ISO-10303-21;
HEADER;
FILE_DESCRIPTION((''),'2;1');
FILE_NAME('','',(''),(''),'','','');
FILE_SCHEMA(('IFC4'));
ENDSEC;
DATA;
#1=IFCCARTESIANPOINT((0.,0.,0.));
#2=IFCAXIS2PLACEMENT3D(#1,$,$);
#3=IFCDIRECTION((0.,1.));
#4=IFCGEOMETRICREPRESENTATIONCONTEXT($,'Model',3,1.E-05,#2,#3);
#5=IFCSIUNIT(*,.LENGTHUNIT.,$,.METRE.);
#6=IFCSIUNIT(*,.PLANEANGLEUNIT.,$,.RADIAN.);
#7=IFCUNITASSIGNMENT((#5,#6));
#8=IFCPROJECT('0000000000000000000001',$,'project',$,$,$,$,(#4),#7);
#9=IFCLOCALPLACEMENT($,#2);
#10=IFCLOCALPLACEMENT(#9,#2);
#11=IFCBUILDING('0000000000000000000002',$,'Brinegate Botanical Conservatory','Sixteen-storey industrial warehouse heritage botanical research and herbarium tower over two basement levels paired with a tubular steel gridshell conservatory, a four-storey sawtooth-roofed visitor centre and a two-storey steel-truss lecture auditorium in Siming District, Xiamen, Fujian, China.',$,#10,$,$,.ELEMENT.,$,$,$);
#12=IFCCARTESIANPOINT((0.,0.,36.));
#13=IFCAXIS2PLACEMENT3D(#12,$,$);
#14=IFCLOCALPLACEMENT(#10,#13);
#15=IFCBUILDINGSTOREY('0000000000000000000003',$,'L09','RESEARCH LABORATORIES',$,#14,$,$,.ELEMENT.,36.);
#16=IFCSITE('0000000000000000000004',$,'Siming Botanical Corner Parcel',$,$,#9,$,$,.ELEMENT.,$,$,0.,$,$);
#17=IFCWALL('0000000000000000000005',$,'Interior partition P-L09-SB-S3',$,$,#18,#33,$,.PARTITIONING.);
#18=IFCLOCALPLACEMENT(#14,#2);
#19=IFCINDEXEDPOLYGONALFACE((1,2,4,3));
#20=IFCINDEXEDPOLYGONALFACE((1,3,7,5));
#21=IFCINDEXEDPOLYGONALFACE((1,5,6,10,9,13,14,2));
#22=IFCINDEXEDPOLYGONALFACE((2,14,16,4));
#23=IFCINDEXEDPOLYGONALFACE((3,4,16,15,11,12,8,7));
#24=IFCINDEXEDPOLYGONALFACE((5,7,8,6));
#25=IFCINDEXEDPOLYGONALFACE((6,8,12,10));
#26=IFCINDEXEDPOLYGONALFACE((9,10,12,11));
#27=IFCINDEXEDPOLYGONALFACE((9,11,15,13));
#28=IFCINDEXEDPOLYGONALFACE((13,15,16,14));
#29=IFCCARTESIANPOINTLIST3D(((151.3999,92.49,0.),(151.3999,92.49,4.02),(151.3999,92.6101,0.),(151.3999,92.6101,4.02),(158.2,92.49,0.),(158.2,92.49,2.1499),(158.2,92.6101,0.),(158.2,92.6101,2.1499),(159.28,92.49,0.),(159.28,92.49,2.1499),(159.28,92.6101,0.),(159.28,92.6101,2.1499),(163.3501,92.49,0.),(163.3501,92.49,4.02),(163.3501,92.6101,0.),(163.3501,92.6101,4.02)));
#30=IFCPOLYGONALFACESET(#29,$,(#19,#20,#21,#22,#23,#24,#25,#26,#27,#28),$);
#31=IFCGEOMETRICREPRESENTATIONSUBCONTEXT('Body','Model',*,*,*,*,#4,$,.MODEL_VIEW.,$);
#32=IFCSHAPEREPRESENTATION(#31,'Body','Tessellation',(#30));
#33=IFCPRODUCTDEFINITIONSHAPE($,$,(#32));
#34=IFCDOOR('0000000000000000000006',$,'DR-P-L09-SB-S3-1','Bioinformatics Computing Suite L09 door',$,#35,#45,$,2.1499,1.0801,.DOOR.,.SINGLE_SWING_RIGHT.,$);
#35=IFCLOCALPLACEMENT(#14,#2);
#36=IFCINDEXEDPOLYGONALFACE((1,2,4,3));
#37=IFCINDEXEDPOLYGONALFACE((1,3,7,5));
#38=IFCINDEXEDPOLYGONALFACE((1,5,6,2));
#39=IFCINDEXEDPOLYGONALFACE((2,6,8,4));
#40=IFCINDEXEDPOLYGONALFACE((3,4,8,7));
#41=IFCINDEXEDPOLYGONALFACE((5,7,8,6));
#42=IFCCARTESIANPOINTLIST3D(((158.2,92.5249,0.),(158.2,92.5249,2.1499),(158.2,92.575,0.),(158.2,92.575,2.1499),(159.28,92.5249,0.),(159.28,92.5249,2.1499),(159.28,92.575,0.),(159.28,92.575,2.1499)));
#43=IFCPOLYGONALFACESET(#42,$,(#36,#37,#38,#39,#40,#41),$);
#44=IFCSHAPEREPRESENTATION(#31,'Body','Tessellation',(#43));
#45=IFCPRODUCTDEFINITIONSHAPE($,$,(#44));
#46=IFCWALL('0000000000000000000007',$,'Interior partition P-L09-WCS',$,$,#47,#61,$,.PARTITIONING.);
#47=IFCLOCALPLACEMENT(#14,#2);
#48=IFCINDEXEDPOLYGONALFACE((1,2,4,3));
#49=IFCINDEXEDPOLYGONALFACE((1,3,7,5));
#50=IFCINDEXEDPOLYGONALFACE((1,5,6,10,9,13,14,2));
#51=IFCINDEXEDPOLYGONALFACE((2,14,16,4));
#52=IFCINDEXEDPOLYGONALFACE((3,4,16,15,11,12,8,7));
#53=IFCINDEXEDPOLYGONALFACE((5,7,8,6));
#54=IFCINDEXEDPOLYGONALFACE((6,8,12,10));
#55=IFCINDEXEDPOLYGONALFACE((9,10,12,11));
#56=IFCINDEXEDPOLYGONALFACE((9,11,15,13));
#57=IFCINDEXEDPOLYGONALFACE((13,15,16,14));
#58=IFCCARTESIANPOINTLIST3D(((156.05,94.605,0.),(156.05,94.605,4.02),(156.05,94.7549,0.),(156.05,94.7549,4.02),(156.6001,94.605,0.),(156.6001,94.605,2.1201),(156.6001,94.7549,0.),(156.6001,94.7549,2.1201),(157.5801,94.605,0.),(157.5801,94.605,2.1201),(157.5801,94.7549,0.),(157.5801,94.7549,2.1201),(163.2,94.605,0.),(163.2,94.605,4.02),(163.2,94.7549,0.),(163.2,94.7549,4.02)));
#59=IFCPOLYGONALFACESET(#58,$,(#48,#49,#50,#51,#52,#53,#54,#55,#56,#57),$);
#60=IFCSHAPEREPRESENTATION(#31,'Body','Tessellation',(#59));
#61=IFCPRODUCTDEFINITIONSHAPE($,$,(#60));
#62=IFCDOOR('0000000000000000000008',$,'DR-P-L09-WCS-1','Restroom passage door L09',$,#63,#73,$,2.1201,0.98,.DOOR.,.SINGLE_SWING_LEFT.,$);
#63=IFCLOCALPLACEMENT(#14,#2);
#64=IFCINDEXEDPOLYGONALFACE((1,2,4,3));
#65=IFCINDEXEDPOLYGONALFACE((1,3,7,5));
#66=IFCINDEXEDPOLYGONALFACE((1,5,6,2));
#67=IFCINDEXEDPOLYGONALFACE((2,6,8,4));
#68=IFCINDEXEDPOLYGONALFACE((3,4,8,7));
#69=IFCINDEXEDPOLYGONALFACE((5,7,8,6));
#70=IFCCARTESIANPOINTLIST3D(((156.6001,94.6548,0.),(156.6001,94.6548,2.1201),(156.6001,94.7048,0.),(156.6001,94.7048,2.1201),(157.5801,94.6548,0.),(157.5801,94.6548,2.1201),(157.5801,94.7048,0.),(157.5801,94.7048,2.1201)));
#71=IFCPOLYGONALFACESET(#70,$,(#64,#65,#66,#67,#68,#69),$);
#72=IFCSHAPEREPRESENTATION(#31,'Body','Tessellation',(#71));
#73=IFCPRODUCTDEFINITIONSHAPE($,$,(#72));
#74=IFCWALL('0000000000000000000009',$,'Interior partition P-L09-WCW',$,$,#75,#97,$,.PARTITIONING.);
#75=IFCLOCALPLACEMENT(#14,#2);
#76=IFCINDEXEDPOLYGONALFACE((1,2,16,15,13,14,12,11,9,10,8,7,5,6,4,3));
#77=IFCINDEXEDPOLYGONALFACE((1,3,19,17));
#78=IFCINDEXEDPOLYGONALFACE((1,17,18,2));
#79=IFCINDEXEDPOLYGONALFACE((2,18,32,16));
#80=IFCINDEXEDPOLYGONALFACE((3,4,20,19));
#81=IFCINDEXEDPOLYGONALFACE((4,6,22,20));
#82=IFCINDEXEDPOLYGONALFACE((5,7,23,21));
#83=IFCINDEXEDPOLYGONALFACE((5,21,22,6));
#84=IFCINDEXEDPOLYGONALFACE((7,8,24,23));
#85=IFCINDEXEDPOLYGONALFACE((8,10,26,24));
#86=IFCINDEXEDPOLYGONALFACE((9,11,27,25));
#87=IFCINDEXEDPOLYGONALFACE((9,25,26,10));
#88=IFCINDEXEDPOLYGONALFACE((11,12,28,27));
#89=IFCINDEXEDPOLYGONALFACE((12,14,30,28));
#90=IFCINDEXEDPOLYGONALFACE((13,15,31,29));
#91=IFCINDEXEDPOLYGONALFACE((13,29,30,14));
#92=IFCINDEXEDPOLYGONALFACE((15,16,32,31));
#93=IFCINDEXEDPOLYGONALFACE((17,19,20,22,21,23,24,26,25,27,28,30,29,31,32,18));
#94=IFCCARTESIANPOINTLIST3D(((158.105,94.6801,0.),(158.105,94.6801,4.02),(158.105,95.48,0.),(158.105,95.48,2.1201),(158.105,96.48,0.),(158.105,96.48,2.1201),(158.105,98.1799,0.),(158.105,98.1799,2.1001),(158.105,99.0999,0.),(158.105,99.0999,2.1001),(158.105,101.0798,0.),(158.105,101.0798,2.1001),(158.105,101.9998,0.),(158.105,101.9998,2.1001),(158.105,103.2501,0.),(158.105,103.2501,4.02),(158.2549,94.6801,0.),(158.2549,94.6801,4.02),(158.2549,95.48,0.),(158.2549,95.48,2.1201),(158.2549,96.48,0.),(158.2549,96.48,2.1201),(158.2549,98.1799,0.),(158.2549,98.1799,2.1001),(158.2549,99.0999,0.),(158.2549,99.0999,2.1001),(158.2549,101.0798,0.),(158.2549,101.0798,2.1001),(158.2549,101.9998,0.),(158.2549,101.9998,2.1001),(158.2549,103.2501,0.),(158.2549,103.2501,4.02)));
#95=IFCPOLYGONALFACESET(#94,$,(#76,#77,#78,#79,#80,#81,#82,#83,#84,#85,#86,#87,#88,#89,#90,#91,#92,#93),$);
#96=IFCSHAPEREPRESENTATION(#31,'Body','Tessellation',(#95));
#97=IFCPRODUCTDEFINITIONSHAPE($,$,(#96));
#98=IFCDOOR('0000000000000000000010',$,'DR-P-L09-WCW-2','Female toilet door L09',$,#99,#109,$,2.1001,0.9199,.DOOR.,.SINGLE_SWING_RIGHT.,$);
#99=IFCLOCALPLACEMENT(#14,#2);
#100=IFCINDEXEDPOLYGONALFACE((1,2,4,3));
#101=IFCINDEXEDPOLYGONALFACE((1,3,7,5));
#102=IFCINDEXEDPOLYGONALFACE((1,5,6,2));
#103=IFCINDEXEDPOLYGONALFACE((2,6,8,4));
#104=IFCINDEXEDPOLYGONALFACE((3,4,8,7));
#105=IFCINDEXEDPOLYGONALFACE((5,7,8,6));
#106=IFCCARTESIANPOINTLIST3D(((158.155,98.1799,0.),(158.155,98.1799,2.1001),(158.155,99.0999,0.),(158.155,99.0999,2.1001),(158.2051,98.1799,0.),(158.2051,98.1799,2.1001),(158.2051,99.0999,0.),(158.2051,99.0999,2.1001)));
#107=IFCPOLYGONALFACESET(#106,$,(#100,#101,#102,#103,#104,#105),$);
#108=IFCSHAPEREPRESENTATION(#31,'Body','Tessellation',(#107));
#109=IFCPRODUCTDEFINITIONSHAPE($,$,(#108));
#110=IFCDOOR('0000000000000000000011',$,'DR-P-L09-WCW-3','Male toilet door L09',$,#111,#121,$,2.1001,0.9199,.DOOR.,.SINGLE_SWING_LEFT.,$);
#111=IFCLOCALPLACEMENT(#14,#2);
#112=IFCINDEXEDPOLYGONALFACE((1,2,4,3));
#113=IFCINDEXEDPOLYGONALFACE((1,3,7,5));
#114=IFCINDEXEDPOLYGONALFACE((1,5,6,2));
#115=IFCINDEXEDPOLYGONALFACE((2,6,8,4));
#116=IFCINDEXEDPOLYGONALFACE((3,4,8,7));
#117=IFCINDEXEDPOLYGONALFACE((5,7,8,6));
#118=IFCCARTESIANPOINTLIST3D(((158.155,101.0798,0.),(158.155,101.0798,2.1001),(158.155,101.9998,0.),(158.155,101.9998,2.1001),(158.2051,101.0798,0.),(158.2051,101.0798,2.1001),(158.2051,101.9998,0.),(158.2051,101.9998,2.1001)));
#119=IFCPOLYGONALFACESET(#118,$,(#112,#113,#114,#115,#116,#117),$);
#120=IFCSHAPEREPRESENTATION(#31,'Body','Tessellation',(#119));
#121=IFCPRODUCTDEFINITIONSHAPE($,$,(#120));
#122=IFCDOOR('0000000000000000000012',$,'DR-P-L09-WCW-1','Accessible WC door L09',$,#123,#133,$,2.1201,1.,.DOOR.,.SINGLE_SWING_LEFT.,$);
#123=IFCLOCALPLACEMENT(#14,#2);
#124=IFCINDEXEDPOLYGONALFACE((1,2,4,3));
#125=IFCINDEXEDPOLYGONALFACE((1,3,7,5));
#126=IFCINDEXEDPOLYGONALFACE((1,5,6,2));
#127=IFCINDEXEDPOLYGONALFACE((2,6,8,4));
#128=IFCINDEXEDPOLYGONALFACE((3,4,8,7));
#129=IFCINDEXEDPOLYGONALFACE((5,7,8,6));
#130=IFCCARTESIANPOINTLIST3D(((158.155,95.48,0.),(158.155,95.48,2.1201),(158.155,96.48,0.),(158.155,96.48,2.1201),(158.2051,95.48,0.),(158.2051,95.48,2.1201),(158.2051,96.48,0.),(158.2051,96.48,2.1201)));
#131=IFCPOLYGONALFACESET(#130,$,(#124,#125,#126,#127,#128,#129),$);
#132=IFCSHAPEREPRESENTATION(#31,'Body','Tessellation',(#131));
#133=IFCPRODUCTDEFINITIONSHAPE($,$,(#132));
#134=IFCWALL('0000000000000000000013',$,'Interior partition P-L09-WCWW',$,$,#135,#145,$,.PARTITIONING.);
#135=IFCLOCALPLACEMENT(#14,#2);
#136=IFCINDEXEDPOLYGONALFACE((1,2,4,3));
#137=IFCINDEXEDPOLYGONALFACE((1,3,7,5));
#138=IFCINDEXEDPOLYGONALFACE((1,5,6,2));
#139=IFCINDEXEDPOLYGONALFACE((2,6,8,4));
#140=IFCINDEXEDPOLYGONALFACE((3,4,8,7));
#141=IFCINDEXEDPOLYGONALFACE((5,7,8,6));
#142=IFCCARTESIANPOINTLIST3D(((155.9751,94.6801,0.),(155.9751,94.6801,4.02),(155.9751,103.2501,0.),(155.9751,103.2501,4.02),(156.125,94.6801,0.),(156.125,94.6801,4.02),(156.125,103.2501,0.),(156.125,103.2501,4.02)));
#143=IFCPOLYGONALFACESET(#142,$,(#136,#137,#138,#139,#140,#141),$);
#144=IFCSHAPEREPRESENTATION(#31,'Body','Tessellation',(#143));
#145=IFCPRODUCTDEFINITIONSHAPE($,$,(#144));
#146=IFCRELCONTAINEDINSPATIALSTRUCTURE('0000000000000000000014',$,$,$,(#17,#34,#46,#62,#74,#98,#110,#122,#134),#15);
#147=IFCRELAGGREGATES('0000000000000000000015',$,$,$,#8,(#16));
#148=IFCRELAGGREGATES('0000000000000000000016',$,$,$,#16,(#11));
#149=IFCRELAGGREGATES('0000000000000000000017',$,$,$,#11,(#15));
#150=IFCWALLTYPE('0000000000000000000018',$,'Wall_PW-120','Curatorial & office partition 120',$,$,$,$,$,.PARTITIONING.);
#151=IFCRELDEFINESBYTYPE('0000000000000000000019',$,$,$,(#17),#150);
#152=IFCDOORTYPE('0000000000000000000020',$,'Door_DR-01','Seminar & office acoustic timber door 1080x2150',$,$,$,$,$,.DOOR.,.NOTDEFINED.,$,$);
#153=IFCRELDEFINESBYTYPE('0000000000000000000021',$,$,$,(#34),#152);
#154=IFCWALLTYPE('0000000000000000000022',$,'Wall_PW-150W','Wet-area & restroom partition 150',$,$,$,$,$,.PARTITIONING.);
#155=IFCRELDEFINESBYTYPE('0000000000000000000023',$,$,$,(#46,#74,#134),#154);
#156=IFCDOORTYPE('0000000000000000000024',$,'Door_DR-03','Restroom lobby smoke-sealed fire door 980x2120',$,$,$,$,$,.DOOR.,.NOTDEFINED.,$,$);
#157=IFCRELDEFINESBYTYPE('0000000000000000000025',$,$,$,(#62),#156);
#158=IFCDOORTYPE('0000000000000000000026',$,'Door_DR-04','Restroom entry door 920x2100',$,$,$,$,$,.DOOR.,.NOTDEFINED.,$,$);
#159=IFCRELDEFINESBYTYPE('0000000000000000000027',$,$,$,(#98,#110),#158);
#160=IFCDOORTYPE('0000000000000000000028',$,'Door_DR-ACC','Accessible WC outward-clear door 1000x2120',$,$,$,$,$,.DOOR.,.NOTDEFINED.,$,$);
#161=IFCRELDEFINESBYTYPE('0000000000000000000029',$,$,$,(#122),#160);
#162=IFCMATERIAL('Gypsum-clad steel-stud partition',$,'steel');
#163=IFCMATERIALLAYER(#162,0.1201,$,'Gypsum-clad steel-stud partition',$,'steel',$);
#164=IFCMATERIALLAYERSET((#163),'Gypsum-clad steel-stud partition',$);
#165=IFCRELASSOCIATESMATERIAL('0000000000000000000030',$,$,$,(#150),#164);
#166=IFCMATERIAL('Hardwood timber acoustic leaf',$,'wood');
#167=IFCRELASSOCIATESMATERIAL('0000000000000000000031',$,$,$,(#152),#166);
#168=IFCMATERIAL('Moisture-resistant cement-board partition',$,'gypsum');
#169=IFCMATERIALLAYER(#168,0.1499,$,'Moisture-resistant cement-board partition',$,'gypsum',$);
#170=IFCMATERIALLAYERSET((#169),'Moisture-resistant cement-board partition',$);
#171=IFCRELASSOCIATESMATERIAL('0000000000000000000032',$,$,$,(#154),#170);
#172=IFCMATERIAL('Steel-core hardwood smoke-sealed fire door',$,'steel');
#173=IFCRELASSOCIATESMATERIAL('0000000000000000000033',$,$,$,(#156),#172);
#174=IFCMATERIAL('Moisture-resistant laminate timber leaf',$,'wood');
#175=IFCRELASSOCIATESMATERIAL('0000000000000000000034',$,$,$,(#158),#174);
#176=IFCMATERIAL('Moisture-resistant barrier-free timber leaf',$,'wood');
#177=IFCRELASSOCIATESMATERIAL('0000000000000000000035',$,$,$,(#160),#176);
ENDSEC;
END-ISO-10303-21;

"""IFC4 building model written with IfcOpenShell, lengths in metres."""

from ifc_helpers import new_model, si_unit, direction, frame, frame_2d, origin, place, context, subcontext, project, spatial, rectangle, extrude, material, layer, layer_set, type_object, element, fill, save


model = new_model("IFC4")

# Units and contexts
model_context = context("Model", 3, precision=1e-05, world=origin(), true_north=direction((0.0, 1.0)))
body_context = subcontext(model_context, "Body", "Model", "MODEL_VIEW")
ifc_project = project(units=[si_unit("LENGTHUNIT", "METRE"), si_unit("PLANEANGLEUNIT", "RADIAN")], contexts=[model_context])

# Site, building, storey
site_placement = place(None, origin())
site = spatial("IfcSite", under=ifc_project, at=site_placement, Name="Siming Botanical Corner Parcel", CompositionType="ELEMENT", RefElevation=0.0)
building_placement = place(site_placement, origin())
building = spatial("IfcBuilding", under=site, at=building_placement, Name="Brinegate Botanical Conservatory", Description="Sixteen-storey industrial warehouse heritage botanical research and herbarium tower over two basement levels paired with a tubular steel gridshell conservatory, a four-storey sawtooth-roofed visitor centre and a two-storey steel-truss lecture auditorium in Siming District, Xiamen, Fujian, China.", CompositionType="ELEMENT")
storey_placement = place(building_placement, frame((0.0, 0.0, 36.0)))
storey = spatial("IfcBuildingStorey", under=building, at=storey_placement, Name="L09", Description="RESEARCH LABORATORIES", CompositionType="ELEMENT", Elevation=36.0)

# Walls, openings, doors
ifc_material_1 = material(Name="Gypsum-clad steel-stud partition", Category="steel")
ifc_layer_1 = layer(ifc_material_1, 0.1201, Name="Gypsum-clad steel-stud partition", Category="steel")
ifc_layer_set_1 = layer_set([ifc_layer_1], Name="Gypsum-clad steel-stud partition")
wall_type_1 = type_object("IfcWallType", Name="Wall_PW-120", Description="Curatorial & office partition 120", PredefinedType="PARTITIONING", material=ifc_layer_set_1)
wall_1_placement = place(storey_placement, frame((151.3999, 92.55, 0.0), z_axis=(0.0, 0.0, 1.0), x_axis=(1.0, 0.0, 0.0)))
wall_1 = element("IfcWall", 1, at=wall_1_placement, inside=storey, type_object=wall_type_1, Name="Interior partition P-L09-SB-S3", PredefinedType="PARTITIONING", context=body_context, shape_type="SweptSolid", body=[
    extrude(rectangle(XDim=11.9502, YDim=0.1201, at=frame_2d((5.9751, 0.0))), origin(), (0.0, 0.0, 1.0), 4.02),
])
opening_1_placement = place(wall_1_placement, frame((6.8, 0.0, 0.0)))
opening_1 = element("IfcOpeningElement", 2, at=opening_1_placement, cuts=wall_1, PredefinedType="OPENING", context=body_context, shape_type="SweptSolid", body=[
    extrude(rectangle(XDim=1.0801, YDim=2.1499, at=frame_2d((0.54, 1.075))), frame((0.0, 0.0701, 0.0), z_axis=(0.0, -1.0, 0.0), x_axis=(1.0, 0.0, 0.0)), (0.0, 0.0, 1.0), 0.1401),
])
ifc_material_2 = material(Name="Hardwood timber acoustic leaf", Category="wood")
door_type_1 = type_object("IfcDoorType", Name="Door_DR-01", Description="Seminar & office acoustic timber door 1080x2150", OperationType="NOTDEFINED", PredefinedType="DOOR", material=ifc_material_2)
door_1_placement = place(opening_1_placement, origin())
door_1 = element("IfcDoor", 3, at=door_1_placement, inside=storey, type_object=door_type_1, Name="DR-P-L09-SB-S3-1", Description="Bioinformatics Computing Suite L09 door", OperationType="SINGLE_SWING_RIGHT", OverallHeight=2.1499, OverallWidth=1.0801, PredefinedType="DOOR", context=body_context, shape_type="SweptSolid", body=[
    extrude(rectangle(XDim=1.0801, YDim=2.1499, at=frame_2d((0.54, 1.075))), frame((0.0, 0.0249, 0.0), z_axis=(0.0, -1.0, 0.0), x_axis=(1.0, 0.0, 0.0)), (0.0, 0.0, 1.0), 0.05),
])
fill(opening_1, door_1)
ifc_material_3 = material(Name="Moisture-resistant cement-board partition", Category="gypsum")
ifc_layer_2 = layer(ifc_material_3, 0.1499, Name="Moisture-resistant cement-board partition", Category="gypsum")
ifc_layer_set_2 = layer_set([ifc_layer_2], Name="Moisture-resistant cement-board partition")
wall_type_2 = type_object("IfcWallType", Name="Wall_PW-150W", Description="Wet-area & restroom partition 150", PredefinedType="PARTITIONING", material=ifc_layer_set_2)
wall_2_placement = place(storey_placement, frame((156.05, 94.6799, 0.0), z_axis=(0.0, 0.0, 1.0), x_axis=(1.0, 0.0, 0.0)))
wall_2 = element("IfcWall", 4, at=wall_2_placement, inside=storey, type_object=wall_type_2, Name="Interior partition P-L09-WCS", PredefinedType="PARTITIONING", context=body_context, shape_type="SweptSolid", body=[
    extrude(rectangle(XDim=7.1499, YDim=0.1499, at=frame_2d((3.575, 0.0))), origin(), (0.0, 0.0, 1.0), 4.02),
])
opening_2_placement = place(wall_2_placement, frame((0.55, 0.0, 0.0)))
opening_2 = element("IfcOpeningElement", 5, at=opening_2_placement, cuts=wall_2, PredefinedType="OPENING", context=body_context, shape_type="SweptSolid", body=[
    extrude(rectangle(XDim=0.98, YDim=2.1201, at=frame_2d((0.49, 1.0601))), frame((0.0, 0.085, 0.0), z_axis=(0.0, -1.0, 0.0), x_axis=(1.0, 0.0, 0.0)), (0.0, 0.0, 1.0), 0.1699),
])
ifc_material_4 = material(Name="Steel-core hardwood smoke-sealed fire door", Category="steel")
door_type_2 = type_object("IfcDoorType", Name="Door_DR-03", Description="Restroom lobby smoke-sealed fire door 980x2120", OperationType="NOTDEFINED", PredefinedType="DOOR", material=ifc_material_4)
door_2_placement = place(opening_2_placement, origin())
door_2 = element("IfcDoor", 6, at=door_2_placement, inside=storey, type_object=door_type_2, Name="DR-P-L09-WCS-1", Description="Restroom passage door L09", OperationType="SINGLE_SWING_LEFT", OverallHeight=2.1201, OverallWidth=0.98, PredefinedType="DOOR", context=body_context, shape_type="SweptSolid", body=[
    extrude(rectangle(XDim=0.98, YDim=2.1201, at=frame_2d((0.49, 1.0601))), frame((0.0, 0.0249, 0.0), z_axis=(0.0, -1.0, 0.0), x_axis=(1.0, 0.0, 0.0)), (0.0, 0.0, 1.0), 0.05),
])
fill(opening_2, door_2)

# Wall, openings, doors
wall_3_placement = place(storey_placement, frame((158.1799, 94.6799, 0.0), z_axis=(0.0, 0.0, 1.0), x_axis=(0.0, 1.0, 0.0)))
wall_3 = element("IfcWall", 7, at=wall_3_placement, inside=storey, type_object=wall_type_2, Name="Interior partition P-L09-WCW", PredefinedType="PARTITIONING", context=body_context, shape_type="SweptSolid", body=[
    extrude(rectangle(XDim=8.5701, YDim=0.1499, at=frame_2d((4.2852, 0.0))), origin(), (0.0, 0.0, 1.0), 4.02),
])
opening_3_placement = place(wall_3_placement, frame((0.8, 0.0, 0.0)))
opening_3 = element("IfcOpeningElement", 8, at=opening_3_placement, cuts=wall_3, PredefinedType="OPENING", context=body_context, shape_type="SweptSolid", body=[
    extrude(rectangle(XDim=1.0, YDim=2.1201, at=frame_2d((0.5, 1.0601))), frame((0.0, 0.085, 0.0), z_axis=(0.0, -1.0, 0.0), x_axis=(1.0, 0.0, 0.0)), (0.0, 0.0, 1.0), 0.1699),
])
opening_4_placement = place(wall_3_placement, frame((3.5, 0.0, 0.0)))
opening_4 = element("IfcOpeningElement", 9, at=opening_4_placement, cuts=wall_3, PredefinedType="OPENING", context=body_context, shape_type="SweptSolid", body=[
    extrude(rectangle(XDim=0.9199, YDim=2.1001, at=frame_2d((0.46, 1.05))), frame((0.0, 0.085, 0.0), z_axis=(0.0, -1.0, 0.0), x_axis=(1.0, 0.0, 0.0)), (0.0, 0.0, 1.0), 0.1699),
])
opening_5_placement = place(wall_3_placement, frame((6.3999, 0.0, 0.0)))
opening_5 = element("IfcOpeningElement", 10, at=opening_5_placement, cuts=wall_3, PredefinedType="OPENING", context=body_context, shape_type="SweptSolid", body=[
    extrude(rectangle(XDim=0.9199, YDim=2.1001, at=frame_2d((0.46, 1.05))), frame((0.0, 0.085, 0.0), z_axis=(0.0, -1.0, 0.0), x_axis=(1.0, 0.0, 0.0)), (0.0, 0.0, 1.0), 0.1699),
])
ifc_material_5 = material(Name="Moisture-resistant laminate timber leaf", Category="wood")
door_type_3 = type_object("IfcDoorType", Name="Door_DR-04", Description="Restroom entry door 920x2100", OperationType="NOTDEFINED", PredefinedType="DOOR", material=ifc_material_5)
door_3_placement = place(opening_4_placement, origin())
door_3 = element("IfcDoor", 11, at=door_3_placement, inside=storey, type_object=door_type_3, Name="DR-P-L09-WCW-2", Description="Female toilet door L09", OperationType="SINGLE_SWING_RIGHT", OverallHeight=2.1001, OverallWidth=0.9199, PredefinedType="DOOR", context=body_context, shape_type="SweptSolid", body=[
    extrude(rectangle(XDim=0.9199, YDim=2.1001, at=frame_2d((0.46, 1.05))), frame((0.0, 0.0249, 0.0), z_axis=(0.0, -1.0, 0.0), x_axis=(1.0, 0.0, 0.0)), (0.0, 0.0, 1.0), 0.05),
])
fill(opening_4, door_3)
door_4_placement = place(opening_5_placement, origin())
door_4 = element("IfcDoor", 12, at=door_4_placement, inside=storey, type_object=door_type_3, Name="DR-P-L09-WCW-3", Description="Male toilet door L09", OperationType="SINGLE_SWING_LEFT", OverallHeight=2.1001, OverallWidth=0.9199, PredefinedType="DOOR", context=body_context, shape_type="SweptSolid", body=[
    extrude(rectangle(XDim=0.9199, YDim=2.1001, at=frame_2d((0.46, 1.05))), frame((0.0, 0.0249, 0.0), z_axis=(0.0, -1.0, 0.0), x_axis=(1.0, 0.0, 0.0)), (0.0, 0.0, 1.0), 0.05),
])
fill(opening_5, door_4)
ifc_material_6 = material(Name="Moisture-resistant barrier-free timber leaf", Category="wood")
door_type_4 = type_object("IfcDoorType", Name="Door_DR-ACC", Description="Accessible WC outward-clear door 1000x2120", OperationType="NOTDEFINED", PredefinedType="DOOR", material=ifc_material_6)
door_5_placement = place(opening_3_placement, origin())
door_5 = element("IfcDoor", 13, at=door_5_placement, inside=storey, type_object=door_type_4, Name="DR-P-L09-WCW-1", Description="Accessible WC door L09", OperationType="SINGLE_SWING_LEFT", OverallHeight=2.1201, OverallWidth=1.0, PredefinedType="DOOR", context=body_context, shape_type="SweptSolid", body=[
    extrude(rectangle(XDim=1.0, YDim=2.1201, at=frame_2d((0.5, 1.0601))), frame((0.0, 0.0249, 0.0), z_axis=(0.0, -1.0, 0.0), x_axis=(1.0, 0.0, 0.0)), (0.0, 0.0, 1.0), 0.05),
])
fill(opening_3, door_5)

# Wall
wall_4_placement = place(storey_placement, frame((156.05, 94.6799, 0.0), z_axis=(0.0, 0.0, 1.0), x_axis=(0.0, 1.0, 0.0)))
element("IfcWall", 14, at=wall_4_placement, inside=storey, type_object=wall_type_2, Name="Interior partition P-L09-WCWW", PredefinedType="PARTITIONING", context=body_context, shape_type="SweptSolid", body=[
    extrude(rectangle(XDim=8.5701, YDim=0.1499, at=frame_2d((4.2852, 0.0))), origin(), (0.0, 0.0, 1.0), 4.02),
])

save(model, "model.ifc")
